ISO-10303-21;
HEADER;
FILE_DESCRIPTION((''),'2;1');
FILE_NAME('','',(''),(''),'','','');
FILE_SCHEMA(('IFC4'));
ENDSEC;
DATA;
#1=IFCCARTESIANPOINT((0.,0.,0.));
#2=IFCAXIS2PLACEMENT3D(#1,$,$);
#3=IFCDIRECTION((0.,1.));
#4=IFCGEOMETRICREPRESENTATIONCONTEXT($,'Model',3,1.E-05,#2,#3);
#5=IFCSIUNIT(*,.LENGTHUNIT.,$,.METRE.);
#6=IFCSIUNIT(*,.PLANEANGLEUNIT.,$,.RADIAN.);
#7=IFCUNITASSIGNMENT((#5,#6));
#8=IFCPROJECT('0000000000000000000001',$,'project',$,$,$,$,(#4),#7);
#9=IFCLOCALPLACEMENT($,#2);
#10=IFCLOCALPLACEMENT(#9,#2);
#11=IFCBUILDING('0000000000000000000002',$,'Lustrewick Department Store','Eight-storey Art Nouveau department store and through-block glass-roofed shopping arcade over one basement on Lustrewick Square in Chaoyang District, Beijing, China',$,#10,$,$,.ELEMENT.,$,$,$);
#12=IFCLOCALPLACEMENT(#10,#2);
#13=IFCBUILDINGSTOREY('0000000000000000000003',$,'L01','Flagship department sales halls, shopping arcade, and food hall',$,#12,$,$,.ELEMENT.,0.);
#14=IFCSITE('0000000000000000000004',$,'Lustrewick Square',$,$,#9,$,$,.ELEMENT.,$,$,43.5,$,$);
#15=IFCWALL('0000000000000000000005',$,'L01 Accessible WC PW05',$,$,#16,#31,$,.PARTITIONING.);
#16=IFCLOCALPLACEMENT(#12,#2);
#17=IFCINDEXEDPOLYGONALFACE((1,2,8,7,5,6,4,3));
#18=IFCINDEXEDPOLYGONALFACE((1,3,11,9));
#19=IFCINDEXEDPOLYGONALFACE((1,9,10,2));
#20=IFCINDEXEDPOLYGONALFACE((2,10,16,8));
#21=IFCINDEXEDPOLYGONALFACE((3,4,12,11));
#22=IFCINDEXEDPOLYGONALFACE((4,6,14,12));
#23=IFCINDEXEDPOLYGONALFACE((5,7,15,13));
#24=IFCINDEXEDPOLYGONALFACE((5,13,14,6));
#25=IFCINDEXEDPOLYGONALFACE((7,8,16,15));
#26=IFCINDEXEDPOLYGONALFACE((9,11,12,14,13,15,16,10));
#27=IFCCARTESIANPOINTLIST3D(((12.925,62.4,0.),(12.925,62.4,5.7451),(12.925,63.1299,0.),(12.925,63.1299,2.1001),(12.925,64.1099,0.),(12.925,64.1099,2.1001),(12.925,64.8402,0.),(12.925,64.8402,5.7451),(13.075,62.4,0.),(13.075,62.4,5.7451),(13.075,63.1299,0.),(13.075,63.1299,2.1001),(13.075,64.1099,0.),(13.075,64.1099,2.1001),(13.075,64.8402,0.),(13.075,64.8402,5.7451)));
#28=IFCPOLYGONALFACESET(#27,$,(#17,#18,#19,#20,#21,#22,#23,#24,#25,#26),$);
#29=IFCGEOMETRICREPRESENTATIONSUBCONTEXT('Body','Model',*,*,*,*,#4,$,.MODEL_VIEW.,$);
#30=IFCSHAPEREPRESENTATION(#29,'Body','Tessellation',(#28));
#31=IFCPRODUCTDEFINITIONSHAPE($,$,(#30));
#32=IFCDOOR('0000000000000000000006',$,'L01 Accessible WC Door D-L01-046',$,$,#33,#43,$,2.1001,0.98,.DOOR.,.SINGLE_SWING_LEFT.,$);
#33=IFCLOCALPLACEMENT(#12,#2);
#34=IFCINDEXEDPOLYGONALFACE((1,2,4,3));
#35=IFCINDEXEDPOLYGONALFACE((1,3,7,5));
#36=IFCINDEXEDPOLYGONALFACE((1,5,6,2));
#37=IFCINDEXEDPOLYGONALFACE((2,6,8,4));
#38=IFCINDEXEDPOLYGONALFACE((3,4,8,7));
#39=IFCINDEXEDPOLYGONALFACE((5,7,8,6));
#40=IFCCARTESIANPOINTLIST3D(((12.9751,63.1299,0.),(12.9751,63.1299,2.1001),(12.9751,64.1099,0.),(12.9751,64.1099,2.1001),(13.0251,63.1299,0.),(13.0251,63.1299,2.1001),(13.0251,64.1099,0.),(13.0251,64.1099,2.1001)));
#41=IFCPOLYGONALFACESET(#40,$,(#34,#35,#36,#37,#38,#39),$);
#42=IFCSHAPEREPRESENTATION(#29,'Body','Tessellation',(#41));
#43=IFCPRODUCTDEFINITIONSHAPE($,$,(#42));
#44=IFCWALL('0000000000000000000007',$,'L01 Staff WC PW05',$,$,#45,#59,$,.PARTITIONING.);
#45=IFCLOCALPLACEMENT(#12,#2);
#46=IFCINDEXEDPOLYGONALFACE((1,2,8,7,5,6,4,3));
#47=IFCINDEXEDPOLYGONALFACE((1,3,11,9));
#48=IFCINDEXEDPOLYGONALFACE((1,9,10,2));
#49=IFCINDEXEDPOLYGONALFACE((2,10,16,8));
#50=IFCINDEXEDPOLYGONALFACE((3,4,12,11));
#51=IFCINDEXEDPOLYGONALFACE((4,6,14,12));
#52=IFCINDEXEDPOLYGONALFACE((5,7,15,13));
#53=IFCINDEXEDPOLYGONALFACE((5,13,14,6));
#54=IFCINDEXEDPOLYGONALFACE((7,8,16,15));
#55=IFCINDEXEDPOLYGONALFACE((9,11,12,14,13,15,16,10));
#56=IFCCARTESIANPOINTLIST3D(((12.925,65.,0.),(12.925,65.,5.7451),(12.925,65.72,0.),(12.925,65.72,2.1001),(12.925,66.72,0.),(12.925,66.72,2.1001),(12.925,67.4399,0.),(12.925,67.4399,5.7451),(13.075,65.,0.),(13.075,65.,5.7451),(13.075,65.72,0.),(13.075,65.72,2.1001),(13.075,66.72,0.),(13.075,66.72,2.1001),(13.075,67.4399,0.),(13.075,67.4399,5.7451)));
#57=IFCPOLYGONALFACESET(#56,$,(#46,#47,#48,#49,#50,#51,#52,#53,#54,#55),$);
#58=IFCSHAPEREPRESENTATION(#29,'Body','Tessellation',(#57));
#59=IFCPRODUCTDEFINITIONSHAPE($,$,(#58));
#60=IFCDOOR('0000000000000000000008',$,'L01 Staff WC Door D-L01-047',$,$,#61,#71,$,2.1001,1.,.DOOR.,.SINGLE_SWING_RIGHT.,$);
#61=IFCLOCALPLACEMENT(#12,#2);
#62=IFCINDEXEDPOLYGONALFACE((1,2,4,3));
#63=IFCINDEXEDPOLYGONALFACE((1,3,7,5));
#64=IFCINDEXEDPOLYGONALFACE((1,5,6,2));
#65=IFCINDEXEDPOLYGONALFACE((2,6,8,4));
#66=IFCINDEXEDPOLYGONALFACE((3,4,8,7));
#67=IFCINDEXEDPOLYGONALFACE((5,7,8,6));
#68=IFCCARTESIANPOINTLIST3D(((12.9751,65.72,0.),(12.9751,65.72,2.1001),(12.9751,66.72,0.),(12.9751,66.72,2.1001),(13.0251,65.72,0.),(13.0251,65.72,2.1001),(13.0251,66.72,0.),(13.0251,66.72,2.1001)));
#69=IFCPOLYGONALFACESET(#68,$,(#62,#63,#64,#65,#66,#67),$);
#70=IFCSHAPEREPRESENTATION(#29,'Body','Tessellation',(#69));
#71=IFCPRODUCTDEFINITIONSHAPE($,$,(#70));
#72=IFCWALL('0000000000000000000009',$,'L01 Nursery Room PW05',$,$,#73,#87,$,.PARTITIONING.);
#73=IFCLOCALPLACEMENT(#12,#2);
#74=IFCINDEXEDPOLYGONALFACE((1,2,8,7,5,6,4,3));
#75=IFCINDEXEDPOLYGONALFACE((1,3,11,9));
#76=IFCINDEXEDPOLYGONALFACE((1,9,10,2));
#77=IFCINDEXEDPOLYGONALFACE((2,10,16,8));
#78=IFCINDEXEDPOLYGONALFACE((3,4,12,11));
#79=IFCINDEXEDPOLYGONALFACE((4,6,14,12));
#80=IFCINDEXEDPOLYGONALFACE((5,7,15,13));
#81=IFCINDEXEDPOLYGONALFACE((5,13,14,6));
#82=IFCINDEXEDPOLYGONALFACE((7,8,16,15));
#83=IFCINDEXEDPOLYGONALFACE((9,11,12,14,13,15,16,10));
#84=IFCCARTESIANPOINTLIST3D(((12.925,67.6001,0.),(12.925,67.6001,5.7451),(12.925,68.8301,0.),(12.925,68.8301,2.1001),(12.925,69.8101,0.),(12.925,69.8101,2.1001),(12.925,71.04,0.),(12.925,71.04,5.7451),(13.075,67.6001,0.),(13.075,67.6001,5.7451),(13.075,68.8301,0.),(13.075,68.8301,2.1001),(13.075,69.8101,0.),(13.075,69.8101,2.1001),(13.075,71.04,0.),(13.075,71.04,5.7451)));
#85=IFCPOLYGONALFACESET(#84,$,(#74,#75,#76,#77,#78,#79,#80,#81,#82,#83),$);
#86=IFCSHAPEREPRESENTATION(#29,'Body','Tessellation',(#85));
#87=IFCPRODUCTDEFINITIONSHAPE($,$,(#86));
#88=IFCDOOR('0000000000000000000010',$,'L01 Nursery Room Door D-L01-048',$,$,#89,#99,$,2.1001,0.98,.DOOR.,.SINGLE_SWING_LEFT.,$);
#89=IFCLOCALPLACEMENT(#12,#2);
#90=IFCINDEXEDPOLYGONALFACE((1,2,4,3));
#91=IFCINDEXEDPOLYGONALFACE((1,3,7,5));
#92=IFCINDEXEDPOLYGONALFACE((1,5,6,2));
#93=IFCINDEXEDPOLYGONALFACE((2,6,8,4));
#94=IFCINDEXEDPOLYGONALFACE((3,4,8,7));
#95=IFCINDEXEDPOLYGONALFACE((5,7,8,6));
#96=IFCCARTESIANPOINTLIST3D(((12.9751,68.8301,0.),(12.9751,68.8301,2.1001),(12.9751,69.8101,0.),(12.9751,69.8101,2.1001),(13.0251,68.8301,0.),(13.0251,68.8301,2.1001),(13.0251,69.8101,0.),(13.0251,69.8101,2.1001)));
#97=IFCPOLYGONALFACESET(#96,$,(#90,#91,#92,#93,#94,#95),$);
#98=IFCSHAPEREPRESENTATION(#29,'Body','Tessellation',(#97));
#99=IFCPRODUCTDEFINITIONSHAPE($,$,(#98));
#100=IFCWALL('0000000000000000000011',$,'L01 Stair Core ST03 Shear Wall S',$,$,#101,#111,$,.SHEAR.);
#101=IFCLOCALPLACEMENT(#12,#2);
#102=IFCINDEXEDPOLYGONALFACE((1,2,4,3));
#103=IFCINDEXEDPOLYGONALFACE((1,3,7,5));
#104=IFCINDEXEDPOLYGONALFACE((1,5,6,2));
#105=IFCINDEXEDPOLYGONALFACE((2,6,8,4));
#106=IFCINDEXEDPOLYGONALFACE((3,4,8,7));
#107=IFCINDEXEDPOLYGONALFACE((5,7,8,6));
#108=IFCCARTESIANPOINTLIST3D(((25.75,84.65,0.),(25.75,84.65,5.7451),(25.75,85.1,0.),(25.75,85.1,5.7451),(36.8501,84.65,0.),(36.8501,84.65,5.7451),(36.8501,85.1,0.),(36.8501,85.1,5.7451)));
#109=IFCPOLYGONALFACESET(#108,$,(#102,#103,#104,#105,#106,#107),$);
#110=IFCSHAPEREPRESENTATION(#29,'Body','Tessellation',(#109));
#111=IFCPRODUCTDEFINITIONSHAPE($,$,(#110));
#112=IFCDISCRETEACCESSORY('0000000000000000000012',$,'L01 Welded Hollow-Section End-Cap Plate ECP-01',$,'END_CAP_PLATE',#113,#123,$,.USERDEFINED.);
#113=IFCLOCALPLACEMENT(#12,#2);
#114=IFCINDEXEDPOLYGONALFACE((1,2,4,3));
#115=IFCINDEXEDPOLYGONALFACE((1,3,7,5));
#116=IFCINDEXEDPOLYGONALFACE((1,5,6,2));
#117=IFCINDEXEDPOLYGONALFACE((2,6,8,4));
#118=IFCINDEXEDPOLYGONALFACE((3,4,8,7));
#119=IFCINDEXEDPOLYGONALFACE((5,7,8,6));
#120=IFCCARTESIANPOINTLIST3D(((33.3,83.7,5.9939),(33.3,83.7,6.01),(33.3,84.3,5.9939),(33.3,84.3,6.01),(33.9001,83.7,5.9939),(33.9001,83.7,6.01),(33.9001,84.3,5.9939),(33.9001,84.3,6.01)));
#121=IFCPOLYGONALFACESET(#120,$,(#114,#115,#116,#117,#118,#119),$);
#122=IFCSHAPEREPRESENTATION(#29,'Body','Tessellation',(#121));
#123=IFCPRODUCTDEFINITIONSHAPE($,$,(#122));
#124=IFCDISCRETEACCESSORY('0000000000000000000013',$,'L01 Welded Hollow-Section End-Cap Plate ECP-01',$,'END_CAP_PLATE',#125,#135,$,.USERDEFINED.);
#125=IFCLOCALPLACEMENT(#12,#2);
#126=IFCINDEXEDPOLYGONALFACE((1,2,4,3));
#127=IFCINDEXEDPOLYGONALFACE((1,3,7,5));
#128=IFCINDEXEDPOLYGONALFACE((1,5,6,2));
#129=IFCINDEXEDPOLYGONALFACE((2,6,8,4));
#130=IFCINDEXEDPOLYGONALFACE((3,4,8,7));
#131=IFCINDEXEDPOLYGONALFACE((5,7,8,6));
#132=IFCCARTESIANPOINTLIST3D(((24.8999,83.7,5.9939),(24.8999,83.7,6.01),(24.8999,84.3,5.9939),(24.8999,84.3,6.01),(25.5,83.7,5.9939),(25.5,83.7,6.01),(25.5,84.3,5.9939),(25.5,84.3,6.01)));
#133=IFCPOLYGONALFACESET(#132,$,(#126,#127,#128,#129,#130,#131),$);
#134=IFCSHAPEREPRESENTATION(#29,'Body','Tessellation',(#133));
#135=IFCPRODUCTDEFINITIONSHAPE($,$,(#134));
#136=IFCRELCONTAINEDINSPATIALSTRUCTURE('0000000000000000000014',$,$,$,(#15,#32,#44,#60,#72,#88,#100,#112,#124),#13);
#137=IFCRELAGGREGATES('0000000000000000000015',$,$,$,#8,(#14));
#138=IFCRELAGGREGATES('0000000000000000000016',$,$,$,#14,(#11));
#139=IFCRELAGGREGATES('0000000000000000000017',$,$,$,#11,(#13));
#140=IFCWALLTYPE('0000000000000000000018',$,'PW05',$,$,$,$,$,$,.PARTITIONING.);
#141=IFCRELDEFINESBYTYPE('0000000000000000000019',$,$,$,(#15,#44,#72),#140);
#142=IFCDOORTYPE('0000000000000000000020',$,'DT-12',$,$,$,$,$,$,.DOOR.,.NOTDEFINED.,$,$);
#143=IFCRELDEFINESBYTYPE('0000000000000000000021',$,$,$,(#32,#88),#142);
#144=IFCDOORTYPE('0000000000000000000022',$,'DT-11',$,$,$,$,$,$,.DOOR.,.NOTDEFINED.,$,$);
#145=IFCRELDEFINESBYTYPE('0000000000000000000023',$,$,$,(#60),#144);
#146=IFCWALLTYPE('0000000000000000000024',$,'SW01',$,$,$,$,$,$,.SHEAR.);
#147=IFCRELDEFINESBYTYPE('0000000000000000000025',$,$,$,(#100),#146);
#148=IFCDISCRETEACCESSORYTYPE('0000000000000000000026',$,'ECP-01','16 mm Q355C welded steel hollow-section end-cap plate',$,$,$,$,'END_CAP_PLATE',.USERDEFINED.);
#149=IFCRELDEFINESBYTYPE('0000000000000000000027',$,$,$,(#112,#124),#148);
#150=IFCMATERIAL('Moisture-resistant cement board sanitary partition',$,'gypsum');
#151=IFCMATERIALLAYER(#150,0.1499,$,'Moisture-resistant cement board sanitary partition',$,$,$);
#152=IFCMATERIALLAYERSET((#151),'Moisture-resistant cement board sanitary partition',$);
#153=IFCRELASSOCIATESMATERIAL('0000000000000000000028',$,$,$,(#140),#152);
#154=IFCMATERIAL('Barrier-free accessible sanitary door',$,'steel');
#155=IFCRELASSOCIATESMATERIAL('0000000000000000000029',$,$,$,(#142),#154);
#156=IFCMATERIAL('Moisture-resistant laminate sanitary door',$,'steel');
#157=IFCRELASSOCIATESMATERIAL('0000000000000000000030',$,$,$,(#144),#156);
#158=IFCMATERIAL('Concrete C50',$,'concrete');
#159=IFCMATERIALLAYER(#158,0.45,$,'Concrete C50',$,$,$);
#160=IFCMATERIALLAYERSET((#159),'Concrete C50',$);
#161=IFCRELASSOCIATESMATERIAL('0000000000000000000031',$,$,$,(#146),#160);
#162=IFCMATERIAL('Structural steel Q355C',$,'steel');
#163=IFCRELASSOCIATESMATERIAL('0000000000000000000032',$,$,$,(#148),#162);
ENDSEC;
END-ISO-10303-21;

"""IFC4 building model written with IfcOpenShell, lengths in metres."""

from ifc_helpers import new_model, si_unit, direction, frame, frame_2d, origin, origin_2d, place, context, subcontext, project, spatial, rectangle, extrude, material, layer, layer_set, type_object, element, fill, save


model = new_model("IFC4")

# Units and contexts
model_context = context("Model", 3, precision=1e-05, world=origin(), true_north=direction((0.0, 1.0)))
body_context = subcontext(model_context, "Body", "Model", "MODEL_VIEW")
ifc_project = project(units=[si_unit("LENGTHUNIT", "METRE"), si_unit("PLANEANGLEUNIT", "RADIAN")], contexts=[model_context])

# Site, building, storey
site_placement = place(None, origin())
site = spatial("IfcSite", under=ifc_project, at=site_placement, Name="Lustrewick Square", CompositionType="ELEMENT", RefElevation=43.5)
building_placement = place(site_placement, origin())
building = spatial("IfcBuilding", under=site, at=building_placement, Name="Lustrewick Department Store", Description="Eight-storey Art Nouveau department store and through-block glass-roofed shopping arcade over one basement on Lustrewick Square in Chaoyang District, Beijing, China", CompositionType="ELEMENT")
storey_placement = place(building_placement, origin())
storey = spatial("IfcBuildingStorey", under=building, at=storey_placement, Name="L01", Description="Flagship department sales halls, shopping arcade, and food hall", CompositionType="ELEMENT", Elevation=0.0)

# Shared definitions
ifc_material_1 = material(Name="Structural steel Q355C", Category="steel")

# Walls, openings, doors
ifc_material_2 = material(Name="Moisture-resistant cement board sanitary partition", Category="gypsum")
ifc_layer_1 = layer(ifc_material_2, 0.1499, Name="Moisture-resistant cement board sanitary partition")
ifc_layer_set_1 = layer_set([ifc_layer_1], Name="Moisture-resistant cement board sanitary partition")
wall_type_1 = type_object("IfcWallType", Name="PW05", PredefinedType="PARTITIONING", material=ifc_layer_set_1)
wall_1_placement = place(storey_placement, frame((13.0, 62.3999, 0.0), z_axis=(0.0, 0.0, 1.0), x_axis=(0.0, 1.0, 0.0)))
wall_1 = element("IfcWall", 1, at=wall_1_placement, inside=storey, type_object=wall_type_1, Name="L01 Accessible WC PW05", PredefinedType="PARTITIONING", context=body_context, shape_type="SweptSolid", body=[
    extrude(rectangle(XDim=2.4402, YDim=0.1499, at=frame_2d((1.2202, 0.0))), origin(), (0.0, 0.0, 1.0), 5.7451),
])
opening_1_placement = place(wall_1_placement, frame((0.73, 0.0, 0.0)))
opening_1 = element("IfcOpeningElement", 2, at=opening_1_placement, cuts=wall_1, PredefinedType="OPENING", context=body_context, shape_type="SweptSolid", body=[
    extrude(rectangle(XDim=0.98, YDim=2.1001, at=frame_2d((0.49, 1.05))), frame((0.0, 0.085, 0.0), z_axis=(0.0, -1.0, 0.0), x_axis=(1.0, 0.0, 0.0)), (0.0, 0.0, 1.0), 0.1699),
])
ifc_material_3 = material(Name="Barrier-free accessible sanitary door", Category="steel")
door_type_1 = type_object("IfcDoorType", Name="DT-12", OperationType="NOTDEFINED", PredefinedType="DOOR", material=ifc_material_3)
door_1_placement = place(opening_1_placement, origin())
door_1 = element("IfcDoor", 3, at=door_1_placement, inside=storey, type_object=door_type_1, Name="L01 Accessible WC Door D-L01-046", OperationType="SINGLE_SWING_LEFT", OverallHeight=2.1001, OverallWidth=0.98, PredefinedType="DOOR", context=body_context, shape_type="SweptSolid", body=[
    extrude(rectangle(XDim=0.98, YDim=2.1001, at=frame_2d((0.49, 1.05))), frame((0.0, 0.0249, 0.0), z_axis=(0.0, -1.0, 0.0), x_axis=(1.0, 0.0, 0.0)), (0.0, 0.0, 1.0), 0.05),
])
fill(opening_1, door_1)
wall_2_placement = place(storey_placement, frame((13.0, 65.0, 0.0), z_axis=(0.0, 0.0, 1.0), x_axis=(0.0, 1.0, 0.0)))
wall_2 = element("IfcWall", 4, at=wall_2_placement, inside=storey, type_object=wall_type_1, Name="L01 Staff WC PW05", PredefinedType="PARTITIONING", context=body_context, shape_type="SweptSolid", body=[
    extrude(rectangle(XDim=2.4399, YDim=0.1499, at=frame_2d((1.22, 0.0))), origin(), (0.0, 0.0, 1.0), 5.7451),
])
opening_2_placement = place(wall_2_placement, frame((0.72, 0.0, 0.0)))
opening_2 = element("IfcOpeningElement", 5, at=opening_2_placement, cuts=wall_2, PredefinedType="OPENING", context=body_context, shape_type="SweptSolid", body=[
    extrude(rectangle(XDim=1.0, YDim=2.1001, at=frame_2d((0.5, 1.05))), frame((0.0, 0.085, 0.0), z_axis=(0.0, -1.0, 0.0), x_axis=(1.0, 0.0, 0.0)), (0.0, 0.0, 1.0), 0.1699),
])
ifc_material_4 = material(Name="Moisture-resistant laminate sanitary door", Category="steel")
door_type_2 = type_object("IfcDoorType", Name="DT-11", OperationType="NOTDEFINED", PredefinedType="DOOR", material=ifc_material_4)
door_2_placement = place(opening_2_placement, origin())
door_2 = element("IfcDoor", 6, at=door_2_placement, inside=storey, type_object=door_type_2, Name="L01 Staff WC Door D-L01-047", OperationType="SINGLE_SWING_RIGHT", OverallHeight=2.1001, OverallWidth=1.0, PredefinedType="DOOR", context=body_context, shape_type="SweptSolid", body=[
    extrude(rectangle(XDim=1.0, YDim=2.1001, at=frame_2d((0.5, 1.05))), frame((0.0, 0.0249, 0.0), z_axis=(0.0, -1.0, 0.0), x_axis=(1.0, 0.0, 0.0)), (0.0, 0.0, 1.0), 0.05),
])
fill(opening_2, door_2)
wall_3_placement = place(storey_placement, frame((13.0, 67.6001, 0.0), z_axis=(0.0, 0.0, 1.0), x_axis=(0.0, 1.0, 0.0)))
wall_3 = element("IfcWall", 7, at=wall_3_placement, inside=storey, type_object=wall_type_1, Name="L01 Nursery Room PW05", PredefinedType="PARTITIONING", context=body_context, shape_type="SweptSolid", body=[
    extrude(rectangle(XDim=3.4399, YDim=0.1499, at=frame_2d((1.72, 0.0))), origin(), (0.0, 0.0, 1.0), 5.7451),
])
opening_3_placement = place(wall_3_placement, frame((1.23, 0.0, 0.0)))
opening_3 = element("IfcOpeningElement", 8, at=opening_3_placement, cuts=wall_3, PredefinedType="OPENING", context=body_context, shape_type="SweptSolid", body=[
    extrude(rectangle(XDim=0.98, YDim=2.1001, at=frame_2d((0.49, 1.05))), frame((0.0, 0.085, 0.0), z_axis=(0.0, -1.0, 0.0), x_axis=(1.0, 0.0, 0.0)), (0.0, 0.0, 1.0), 0.1699),
])
door_3_placement = place(opening_3_placement, origin())
door_3 = element("IfcDoor", 9, at=door_3_placement, inside=storey, type_object=door_type_1, Name="L01 Nursery Room Door D-L01-048", OperationType="SINGLE_SWING_LEFT", OverallHeight=2.1001, OverallWidth=0.98, PredefinedType="DOOR", context=body_context, shape_type="SweptSolid", body=[
    extrude(rectangle(XDim=0.98, YDim=2.1001, at=frame_2d((0.49, 1.05))), frame((0.0, 0.0249, 0.0), z_axis=(0.0, -1.0, 0.0), x_axis=(1.0, 0.0, 0.0)), (0.0, 0.0, 1.0), 0.05),
])
fill(opening_3, door_3)

# Wall
ifc_material_5 = material(Name="Concrete C50", Category="concrete")
ifc_layer_2 = layer(ifc_material_5, 0.45, Name="Concrete C50")
ifc_layer_set_2 = layer_set([ifc_layer_2], Name="Concrete C50")
wall_type_2 = type_object("IfcWallType", Name="SW01", PredefinedType="SHEAR", material=ifc_layer_set_2)
wall_4_placement = place(storey_placement, frame((25.75, 84.875, 0.0), z_axis=(0.0, 0.0, 1.0), x_axis=(1.0, 0.0, 0.0)))
element("IfcWall", 10, at=wall_4_placement, inside=storey, type_object=wall_type_2, Name="L01 Stair Core ST03 Shear Wall S", PredefinedType="SHEAR", context=body_context, shape_type="SweptSolid", body=[
    extrude(rectangle(XDim=11.1001, YDim=0.45, at=frame_2d((5.55, 0.0))), origin(), (0.0, 0.0, 1.0), 5.7451),
])

# Discrete accessories
discrete_accessory_type = type_object("IfcDiscreteAccessoryType", Name="ECP-01", Description="16 mm Q355C welded steel hollow-section end-cap plate", ElementType="END_CAP_PLATE", PredefinedType="USERDEFINED", material=ifc_material_1)
for number, where, z_axis, x_axis, name in (
    (11, (33.6001, 84.0, 5.9939), (0.0, 0.0, 1.0), (1.0, 0.0, 0.0), "L01 Welded Hollow-Section End-Cap Plate ECP-01"),
    (12, (25.2, 84.0, 5.9939), (0.0, 0.0, 1.0), (1.0, 0.0, 0.0), "L01 Welded Hollow-Section End-Cap Plate ECP-01"),
):
    element("IfcDiscreteAccessory", number, at=place(storey_placement, frame(where, z_axis=z_axis, x_axis=x_axis)), inside=storey, type_object=discrete_accessory_type, Name=name, ObjectType="END_CAP_PLATE", PredefinedType="USERDEFINED", context=body_context, shape_type="SweptSolid", body=[
        extrude(rectangle(XDim=0.6001, YDim=0.6001, at=origin_2d()), origin(), (0.0, 0.0, 1.0), 0.0161),
    ])

save(model, "model.ifc")
